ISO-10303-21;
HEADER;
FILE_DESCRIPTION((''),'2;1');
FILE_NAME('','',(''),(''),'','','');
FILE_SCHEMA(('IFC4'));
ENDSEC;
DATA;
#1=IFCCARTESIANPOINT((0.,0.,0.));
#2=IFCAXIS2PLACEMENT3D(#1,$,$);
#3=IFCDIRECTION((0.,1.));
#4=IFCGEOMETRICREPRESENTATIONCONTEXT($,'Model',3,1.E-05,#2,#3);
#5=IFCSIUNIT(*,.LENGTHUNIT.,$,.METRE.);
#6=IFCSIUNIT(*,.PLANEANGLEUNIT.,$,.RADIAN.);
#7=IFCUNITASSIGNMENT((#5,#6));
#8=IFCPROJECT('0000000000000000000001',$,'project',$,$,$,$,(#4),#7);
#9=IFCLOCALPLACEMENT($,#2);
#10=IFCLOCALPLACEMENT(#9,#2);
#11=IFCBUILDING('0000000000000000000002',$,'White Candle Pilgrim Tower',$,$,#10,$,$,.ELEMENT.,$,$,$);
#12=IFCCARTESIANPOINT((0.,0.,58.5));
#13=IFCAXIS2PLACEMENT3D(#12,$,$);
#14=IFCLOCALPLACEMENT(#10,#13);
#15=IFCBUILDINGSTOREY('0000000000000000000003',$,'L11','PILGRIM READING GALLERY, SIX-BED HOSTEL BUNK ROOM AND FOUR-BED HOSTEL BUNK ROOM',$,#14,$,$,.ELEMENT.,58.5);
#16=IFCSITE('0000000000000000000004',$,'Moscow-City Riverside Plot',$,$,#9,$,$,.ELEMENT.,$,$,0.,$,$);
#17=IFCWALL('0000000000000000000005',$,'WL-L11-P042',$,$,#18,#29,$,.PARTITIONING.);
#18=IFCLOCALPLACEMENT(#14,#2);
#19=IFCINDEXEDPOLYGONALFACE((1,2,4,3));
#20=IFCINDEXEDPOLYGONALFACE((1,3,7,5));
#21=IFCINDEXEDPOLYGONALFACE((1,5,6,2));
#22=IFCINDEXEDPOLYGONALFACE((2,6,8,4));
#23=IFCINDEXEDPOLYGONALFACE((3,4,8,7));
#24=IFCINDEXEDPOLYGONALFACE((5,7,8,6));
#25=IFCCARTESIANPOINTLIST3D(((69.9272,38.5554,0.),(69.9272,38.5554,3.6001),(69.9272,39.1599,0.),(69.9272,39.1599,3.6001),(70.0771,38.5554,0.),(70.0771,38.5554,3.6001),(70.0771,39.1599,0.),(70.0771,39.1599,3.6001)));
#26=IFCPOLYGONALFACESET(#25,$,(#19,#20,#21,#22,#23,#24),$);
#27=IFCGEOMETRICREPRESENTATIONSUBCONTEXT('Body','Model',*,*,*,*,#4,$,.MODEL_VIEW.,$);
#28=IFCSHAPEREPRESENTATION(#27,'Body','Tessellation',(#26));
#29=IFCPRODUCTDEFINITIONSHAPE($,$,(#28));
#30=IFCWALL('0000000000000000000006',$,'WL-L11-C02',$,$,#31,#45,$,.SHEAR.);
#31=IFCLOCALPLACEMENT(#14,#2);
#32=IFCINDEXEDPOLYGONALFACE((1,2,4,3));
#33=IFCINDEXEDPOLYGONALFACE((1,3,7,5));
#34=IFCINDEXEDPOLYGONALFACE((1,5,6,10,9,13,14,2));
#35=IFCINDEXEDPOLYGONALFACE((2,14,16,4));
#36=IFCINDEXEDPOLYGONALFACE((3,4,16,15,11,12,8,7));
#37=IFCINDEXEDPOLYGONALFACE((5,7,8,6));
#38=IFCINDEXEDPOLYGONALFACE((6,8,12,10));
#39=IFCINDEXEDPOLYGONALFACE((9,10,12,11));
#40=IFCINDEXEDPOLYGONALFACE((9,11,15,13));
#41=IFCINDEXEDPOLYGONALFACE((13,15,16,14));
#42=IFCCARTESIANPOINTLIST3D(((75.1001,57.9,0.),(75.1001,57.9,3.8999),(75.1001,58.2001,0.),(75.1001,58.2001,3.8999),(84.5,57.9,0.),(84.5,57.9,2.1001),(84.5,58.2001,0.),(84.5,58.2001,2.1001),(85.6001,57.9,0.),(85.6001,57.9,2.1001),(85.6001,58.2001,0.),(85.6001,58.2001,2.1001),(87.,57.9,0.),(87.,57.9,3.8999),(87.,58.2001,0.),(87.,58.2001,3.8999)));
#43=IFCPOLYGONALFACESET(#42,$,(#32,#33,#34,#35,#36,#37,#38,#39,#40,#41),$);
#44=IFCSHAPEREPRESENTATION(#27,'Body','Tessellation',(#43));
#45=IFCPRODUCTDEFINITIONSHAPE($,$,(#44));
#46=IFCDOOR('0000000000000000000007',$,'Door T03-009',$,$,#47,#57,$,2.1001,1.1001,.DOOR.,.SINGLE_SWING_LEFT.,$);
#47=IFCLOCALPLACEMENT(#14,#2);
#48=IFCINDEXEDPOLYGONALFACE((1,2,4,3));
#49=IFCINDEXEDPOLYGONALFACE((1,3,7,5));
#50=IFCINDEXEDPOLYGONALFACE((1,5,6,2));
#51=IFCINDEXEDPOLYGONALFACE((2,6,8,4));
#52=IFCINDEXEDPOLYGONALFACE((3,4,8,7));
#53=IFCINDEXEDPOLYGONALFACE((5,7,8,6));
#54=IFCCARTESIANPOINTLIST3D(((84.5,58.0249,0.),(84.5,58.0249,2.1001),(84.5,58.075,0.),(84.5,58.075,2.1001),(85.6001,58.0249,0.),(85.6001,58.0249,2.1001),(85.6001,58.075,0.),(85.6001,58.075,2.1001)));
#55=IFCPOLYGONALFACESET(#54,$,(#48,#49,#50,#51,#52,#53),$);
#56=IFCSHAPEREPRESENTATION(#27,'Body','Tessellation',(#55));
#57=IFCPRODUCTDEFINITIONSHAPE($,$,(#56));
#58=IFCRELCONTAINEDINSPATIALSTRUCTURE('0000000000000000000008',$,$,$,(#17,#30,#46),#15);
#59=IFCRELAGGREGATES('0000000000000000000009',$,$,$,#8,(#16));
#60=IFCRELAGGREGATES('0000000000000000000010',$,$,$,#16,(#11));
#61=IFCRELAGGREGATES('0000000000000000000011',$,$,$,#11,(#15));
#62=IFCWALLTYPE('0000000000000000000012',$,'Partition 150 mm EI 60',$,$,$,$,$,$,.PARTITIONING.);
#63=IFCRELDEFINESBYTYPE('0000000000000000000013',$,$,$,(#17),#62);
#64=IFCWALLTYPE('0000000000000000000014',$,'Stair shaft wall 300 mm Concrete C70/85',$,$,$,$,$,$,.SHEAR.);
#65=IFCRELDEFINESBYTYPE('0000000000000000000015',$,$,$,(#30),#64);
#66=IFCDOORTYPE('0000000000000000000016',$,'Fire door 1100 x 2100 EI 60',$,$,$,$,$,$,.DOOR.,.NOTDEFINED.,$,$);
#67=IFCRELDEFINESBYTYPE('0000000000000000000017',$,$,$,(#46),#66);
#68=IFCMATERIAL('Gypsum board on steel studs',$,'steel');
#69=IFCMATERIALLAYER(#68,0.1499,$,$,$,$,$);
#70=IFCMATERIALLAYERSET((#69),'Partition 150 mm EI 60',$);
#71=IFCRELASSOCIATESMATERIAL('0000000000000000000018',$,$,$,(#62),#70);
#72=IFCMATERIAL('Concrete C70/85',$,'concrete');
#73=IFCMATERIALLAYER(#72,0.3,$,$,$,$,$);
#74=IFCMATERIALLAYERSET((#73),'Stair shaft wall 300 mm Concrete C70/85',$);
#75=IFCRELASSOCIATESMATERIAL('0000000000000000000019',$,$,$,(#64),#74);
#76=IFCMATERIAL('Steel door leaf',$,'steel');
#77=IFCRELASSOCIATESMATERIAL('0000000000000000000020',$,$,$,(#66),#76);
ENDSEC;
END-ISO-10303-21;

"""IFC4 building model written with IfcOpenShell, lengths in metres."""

from ifc_helpers import new_model, si_unit, direction, frame, frame_2d, origin, place, context, subcontext, project, spatial, rectangle, extrude, material, layer, layer_set, type_object, element, fill, save


model = new_model("IFC4")

# Units and contexts
model_context = context("Model", 3, precision=1e-05, world=origin(), true_north=direction((0.0, 1.0)))
body_context = subcontext(model_context, "Body", "Model", "MODEL_VIEW")
ifc_project = project(units=[si_unit("LENGTHUNIT", "METRE"), si_unit("PLANEANGLEUNIT", "RADIAN")], contexts=[model_context])

# Site, building, storey
site_placement = place(None, origin())
site = spatial("IfcSite", under=ifc_project, at=site_placement, Name="Moscow-City Riverside Plot", CompositionType="ELEMENT", RefElevation=0.0)
building_placement = place(site_placement, origin())
building = spatial("IfcBuilding", under=site, at=building_placement, Name="White Candle Pilgrim Tower", CompositionType="ELEMENT")
storey_placement = place(building_placement, frame((0.0, 0.0, 58.5)))
storey = spatial("IfcBuildingStorey", under=building, at=storey_placement, Name="L11", Description="PILGRIM READING GALLERY, SIX-BED HOSTEL BUNK ROOM AND FOUR-BED HOSTEL BUNK ROOM", CompositionType="ELEMENT", Elevation=58.5)

# Shared definitions
ifc_material_1 = material(Name="Gypsum board on steel studs", Category="steel")
ifc_material_2 = material(Name="Steel door leaf", Category="steel")

# Wall
ifc_layer_1 = layer(ifc_material_1, 0.1499)
ifc_layer_set_1 = layer_set([ifc_layer_1], Name="Partition 150 mm EI 60")
wall_type_1 = type_object("IfcWallType", Name="Partition 150 mm EI 60", PredefinedType="PARTITIONING", material=ifc_layer_set_1)
wall_1_placement = place(storey_placement, frame((70.0022, 39.1599, 0.0), z_axis=(0.0, 0.0, 1.0), x_axis=(0.0, -1.0, 0.0)))
element("IfcWall", 1, at=wall_1_placement, inside=storey, type_object=wall_type_1, Name="WL-L11-P042", PredefinedType="PARTITIONING", context=body_context, shape_type="SweptSolid", body=[
    extrude(rectangle(XDim=0.6045, YDim=0.1499, at=frame_2d((0.3022, 0.0))), origin(), (0.0, 0.0, 1.0), 3.6001),
])

# Wall, opening, door
ifc_material_3 = material(Name="Concrete C70/85", Category="concrete")
ifc_layer_2 = layer(ifc_material_3, 0.3)
ifc_layer_set_2 = layer_set([ifc_layer_2], Name="Stair shaft wall 300 mm Concrete C70/85")
wall_type_2 = type_object("IfcWallType", Name="Stair shaft wall 300 mm Concrete C70/85", PredefinedType="SHEAR", material=ifc_layer_set_2)
wall_2_placement = place(storey_placement, frame((75.1001, 58.05, 0.0), z_axis=(0.0, 0.0, 1.0), x_axis=(1.0, 0.0, 0.0)))
wall_2 = element("IfcWall", 2, at=wall_2_placement, inside=storey, type_object=wall_type_2, Name="WL-L11-C02", PredefinedType="SHEAR", context=body_context, shape_type="SweptSolid", body=[
    extrude(rectangle(XDim=11.8999, YDim=0.3, at=frame_2d((5.95, 0.0))), origin(), (0.0, 0.0, 1.0), 3.8999),
])
opening_1_placement = place(wall_2_placement, frame((9.3999, 0.0, 0.0)))
opening_1 = element("IfcOpeningElement", 3, at=opening_1_placement, cuts=wall_2, PredefinedType="OPENING", context=body_context, shape_type="SweptSolid", body=[
    extrude(rectangle(XDim=1.1001, YDim=2.1001, at=frame_2d((0.55, 1.05))), frame((0.0, 0.1599, 0.0), z_axis=(0.0, -1.0, 0.0), x_axis=(1.0, 0.0, 0.0)), (0.0, 0.0, 1.0), 0.3201),
])
door_type_1 = type_object("IfcDoorType", Name="Fire door 1100 x 2100 EI 60", OperationType="NOTDEFINED", PredefinedType="DOOR", material=ifc_material_2)
door_1_placement = place(opening_1_placement, origin())
door_1 = element("IfcDoor", 4, at=door_1_placement, inside=storey, type_object=door_type_1, Name="Door T03-009", OperationType="SINGLE_SWING_LEFT", OverallHeight=2.1001, OverallWidth=1.1001, PredefinedType="DOOR", context=body_context, shape_type="SweptSolid", body=[
    extrude(rectangle(XDim=1.1001, YDim=2.1001, at=frame_2d((0.55, 1.05))), frame((0.0, 0.0249, 0.0), z_axis=(0.0, -1.0, 0.0), x_axis=(1.0, 0.0, 0.0)), (0.0, 0.0, 1.0), 0.05),
])
fill(opening_1, door_1)

save(model, "model.ifc")
